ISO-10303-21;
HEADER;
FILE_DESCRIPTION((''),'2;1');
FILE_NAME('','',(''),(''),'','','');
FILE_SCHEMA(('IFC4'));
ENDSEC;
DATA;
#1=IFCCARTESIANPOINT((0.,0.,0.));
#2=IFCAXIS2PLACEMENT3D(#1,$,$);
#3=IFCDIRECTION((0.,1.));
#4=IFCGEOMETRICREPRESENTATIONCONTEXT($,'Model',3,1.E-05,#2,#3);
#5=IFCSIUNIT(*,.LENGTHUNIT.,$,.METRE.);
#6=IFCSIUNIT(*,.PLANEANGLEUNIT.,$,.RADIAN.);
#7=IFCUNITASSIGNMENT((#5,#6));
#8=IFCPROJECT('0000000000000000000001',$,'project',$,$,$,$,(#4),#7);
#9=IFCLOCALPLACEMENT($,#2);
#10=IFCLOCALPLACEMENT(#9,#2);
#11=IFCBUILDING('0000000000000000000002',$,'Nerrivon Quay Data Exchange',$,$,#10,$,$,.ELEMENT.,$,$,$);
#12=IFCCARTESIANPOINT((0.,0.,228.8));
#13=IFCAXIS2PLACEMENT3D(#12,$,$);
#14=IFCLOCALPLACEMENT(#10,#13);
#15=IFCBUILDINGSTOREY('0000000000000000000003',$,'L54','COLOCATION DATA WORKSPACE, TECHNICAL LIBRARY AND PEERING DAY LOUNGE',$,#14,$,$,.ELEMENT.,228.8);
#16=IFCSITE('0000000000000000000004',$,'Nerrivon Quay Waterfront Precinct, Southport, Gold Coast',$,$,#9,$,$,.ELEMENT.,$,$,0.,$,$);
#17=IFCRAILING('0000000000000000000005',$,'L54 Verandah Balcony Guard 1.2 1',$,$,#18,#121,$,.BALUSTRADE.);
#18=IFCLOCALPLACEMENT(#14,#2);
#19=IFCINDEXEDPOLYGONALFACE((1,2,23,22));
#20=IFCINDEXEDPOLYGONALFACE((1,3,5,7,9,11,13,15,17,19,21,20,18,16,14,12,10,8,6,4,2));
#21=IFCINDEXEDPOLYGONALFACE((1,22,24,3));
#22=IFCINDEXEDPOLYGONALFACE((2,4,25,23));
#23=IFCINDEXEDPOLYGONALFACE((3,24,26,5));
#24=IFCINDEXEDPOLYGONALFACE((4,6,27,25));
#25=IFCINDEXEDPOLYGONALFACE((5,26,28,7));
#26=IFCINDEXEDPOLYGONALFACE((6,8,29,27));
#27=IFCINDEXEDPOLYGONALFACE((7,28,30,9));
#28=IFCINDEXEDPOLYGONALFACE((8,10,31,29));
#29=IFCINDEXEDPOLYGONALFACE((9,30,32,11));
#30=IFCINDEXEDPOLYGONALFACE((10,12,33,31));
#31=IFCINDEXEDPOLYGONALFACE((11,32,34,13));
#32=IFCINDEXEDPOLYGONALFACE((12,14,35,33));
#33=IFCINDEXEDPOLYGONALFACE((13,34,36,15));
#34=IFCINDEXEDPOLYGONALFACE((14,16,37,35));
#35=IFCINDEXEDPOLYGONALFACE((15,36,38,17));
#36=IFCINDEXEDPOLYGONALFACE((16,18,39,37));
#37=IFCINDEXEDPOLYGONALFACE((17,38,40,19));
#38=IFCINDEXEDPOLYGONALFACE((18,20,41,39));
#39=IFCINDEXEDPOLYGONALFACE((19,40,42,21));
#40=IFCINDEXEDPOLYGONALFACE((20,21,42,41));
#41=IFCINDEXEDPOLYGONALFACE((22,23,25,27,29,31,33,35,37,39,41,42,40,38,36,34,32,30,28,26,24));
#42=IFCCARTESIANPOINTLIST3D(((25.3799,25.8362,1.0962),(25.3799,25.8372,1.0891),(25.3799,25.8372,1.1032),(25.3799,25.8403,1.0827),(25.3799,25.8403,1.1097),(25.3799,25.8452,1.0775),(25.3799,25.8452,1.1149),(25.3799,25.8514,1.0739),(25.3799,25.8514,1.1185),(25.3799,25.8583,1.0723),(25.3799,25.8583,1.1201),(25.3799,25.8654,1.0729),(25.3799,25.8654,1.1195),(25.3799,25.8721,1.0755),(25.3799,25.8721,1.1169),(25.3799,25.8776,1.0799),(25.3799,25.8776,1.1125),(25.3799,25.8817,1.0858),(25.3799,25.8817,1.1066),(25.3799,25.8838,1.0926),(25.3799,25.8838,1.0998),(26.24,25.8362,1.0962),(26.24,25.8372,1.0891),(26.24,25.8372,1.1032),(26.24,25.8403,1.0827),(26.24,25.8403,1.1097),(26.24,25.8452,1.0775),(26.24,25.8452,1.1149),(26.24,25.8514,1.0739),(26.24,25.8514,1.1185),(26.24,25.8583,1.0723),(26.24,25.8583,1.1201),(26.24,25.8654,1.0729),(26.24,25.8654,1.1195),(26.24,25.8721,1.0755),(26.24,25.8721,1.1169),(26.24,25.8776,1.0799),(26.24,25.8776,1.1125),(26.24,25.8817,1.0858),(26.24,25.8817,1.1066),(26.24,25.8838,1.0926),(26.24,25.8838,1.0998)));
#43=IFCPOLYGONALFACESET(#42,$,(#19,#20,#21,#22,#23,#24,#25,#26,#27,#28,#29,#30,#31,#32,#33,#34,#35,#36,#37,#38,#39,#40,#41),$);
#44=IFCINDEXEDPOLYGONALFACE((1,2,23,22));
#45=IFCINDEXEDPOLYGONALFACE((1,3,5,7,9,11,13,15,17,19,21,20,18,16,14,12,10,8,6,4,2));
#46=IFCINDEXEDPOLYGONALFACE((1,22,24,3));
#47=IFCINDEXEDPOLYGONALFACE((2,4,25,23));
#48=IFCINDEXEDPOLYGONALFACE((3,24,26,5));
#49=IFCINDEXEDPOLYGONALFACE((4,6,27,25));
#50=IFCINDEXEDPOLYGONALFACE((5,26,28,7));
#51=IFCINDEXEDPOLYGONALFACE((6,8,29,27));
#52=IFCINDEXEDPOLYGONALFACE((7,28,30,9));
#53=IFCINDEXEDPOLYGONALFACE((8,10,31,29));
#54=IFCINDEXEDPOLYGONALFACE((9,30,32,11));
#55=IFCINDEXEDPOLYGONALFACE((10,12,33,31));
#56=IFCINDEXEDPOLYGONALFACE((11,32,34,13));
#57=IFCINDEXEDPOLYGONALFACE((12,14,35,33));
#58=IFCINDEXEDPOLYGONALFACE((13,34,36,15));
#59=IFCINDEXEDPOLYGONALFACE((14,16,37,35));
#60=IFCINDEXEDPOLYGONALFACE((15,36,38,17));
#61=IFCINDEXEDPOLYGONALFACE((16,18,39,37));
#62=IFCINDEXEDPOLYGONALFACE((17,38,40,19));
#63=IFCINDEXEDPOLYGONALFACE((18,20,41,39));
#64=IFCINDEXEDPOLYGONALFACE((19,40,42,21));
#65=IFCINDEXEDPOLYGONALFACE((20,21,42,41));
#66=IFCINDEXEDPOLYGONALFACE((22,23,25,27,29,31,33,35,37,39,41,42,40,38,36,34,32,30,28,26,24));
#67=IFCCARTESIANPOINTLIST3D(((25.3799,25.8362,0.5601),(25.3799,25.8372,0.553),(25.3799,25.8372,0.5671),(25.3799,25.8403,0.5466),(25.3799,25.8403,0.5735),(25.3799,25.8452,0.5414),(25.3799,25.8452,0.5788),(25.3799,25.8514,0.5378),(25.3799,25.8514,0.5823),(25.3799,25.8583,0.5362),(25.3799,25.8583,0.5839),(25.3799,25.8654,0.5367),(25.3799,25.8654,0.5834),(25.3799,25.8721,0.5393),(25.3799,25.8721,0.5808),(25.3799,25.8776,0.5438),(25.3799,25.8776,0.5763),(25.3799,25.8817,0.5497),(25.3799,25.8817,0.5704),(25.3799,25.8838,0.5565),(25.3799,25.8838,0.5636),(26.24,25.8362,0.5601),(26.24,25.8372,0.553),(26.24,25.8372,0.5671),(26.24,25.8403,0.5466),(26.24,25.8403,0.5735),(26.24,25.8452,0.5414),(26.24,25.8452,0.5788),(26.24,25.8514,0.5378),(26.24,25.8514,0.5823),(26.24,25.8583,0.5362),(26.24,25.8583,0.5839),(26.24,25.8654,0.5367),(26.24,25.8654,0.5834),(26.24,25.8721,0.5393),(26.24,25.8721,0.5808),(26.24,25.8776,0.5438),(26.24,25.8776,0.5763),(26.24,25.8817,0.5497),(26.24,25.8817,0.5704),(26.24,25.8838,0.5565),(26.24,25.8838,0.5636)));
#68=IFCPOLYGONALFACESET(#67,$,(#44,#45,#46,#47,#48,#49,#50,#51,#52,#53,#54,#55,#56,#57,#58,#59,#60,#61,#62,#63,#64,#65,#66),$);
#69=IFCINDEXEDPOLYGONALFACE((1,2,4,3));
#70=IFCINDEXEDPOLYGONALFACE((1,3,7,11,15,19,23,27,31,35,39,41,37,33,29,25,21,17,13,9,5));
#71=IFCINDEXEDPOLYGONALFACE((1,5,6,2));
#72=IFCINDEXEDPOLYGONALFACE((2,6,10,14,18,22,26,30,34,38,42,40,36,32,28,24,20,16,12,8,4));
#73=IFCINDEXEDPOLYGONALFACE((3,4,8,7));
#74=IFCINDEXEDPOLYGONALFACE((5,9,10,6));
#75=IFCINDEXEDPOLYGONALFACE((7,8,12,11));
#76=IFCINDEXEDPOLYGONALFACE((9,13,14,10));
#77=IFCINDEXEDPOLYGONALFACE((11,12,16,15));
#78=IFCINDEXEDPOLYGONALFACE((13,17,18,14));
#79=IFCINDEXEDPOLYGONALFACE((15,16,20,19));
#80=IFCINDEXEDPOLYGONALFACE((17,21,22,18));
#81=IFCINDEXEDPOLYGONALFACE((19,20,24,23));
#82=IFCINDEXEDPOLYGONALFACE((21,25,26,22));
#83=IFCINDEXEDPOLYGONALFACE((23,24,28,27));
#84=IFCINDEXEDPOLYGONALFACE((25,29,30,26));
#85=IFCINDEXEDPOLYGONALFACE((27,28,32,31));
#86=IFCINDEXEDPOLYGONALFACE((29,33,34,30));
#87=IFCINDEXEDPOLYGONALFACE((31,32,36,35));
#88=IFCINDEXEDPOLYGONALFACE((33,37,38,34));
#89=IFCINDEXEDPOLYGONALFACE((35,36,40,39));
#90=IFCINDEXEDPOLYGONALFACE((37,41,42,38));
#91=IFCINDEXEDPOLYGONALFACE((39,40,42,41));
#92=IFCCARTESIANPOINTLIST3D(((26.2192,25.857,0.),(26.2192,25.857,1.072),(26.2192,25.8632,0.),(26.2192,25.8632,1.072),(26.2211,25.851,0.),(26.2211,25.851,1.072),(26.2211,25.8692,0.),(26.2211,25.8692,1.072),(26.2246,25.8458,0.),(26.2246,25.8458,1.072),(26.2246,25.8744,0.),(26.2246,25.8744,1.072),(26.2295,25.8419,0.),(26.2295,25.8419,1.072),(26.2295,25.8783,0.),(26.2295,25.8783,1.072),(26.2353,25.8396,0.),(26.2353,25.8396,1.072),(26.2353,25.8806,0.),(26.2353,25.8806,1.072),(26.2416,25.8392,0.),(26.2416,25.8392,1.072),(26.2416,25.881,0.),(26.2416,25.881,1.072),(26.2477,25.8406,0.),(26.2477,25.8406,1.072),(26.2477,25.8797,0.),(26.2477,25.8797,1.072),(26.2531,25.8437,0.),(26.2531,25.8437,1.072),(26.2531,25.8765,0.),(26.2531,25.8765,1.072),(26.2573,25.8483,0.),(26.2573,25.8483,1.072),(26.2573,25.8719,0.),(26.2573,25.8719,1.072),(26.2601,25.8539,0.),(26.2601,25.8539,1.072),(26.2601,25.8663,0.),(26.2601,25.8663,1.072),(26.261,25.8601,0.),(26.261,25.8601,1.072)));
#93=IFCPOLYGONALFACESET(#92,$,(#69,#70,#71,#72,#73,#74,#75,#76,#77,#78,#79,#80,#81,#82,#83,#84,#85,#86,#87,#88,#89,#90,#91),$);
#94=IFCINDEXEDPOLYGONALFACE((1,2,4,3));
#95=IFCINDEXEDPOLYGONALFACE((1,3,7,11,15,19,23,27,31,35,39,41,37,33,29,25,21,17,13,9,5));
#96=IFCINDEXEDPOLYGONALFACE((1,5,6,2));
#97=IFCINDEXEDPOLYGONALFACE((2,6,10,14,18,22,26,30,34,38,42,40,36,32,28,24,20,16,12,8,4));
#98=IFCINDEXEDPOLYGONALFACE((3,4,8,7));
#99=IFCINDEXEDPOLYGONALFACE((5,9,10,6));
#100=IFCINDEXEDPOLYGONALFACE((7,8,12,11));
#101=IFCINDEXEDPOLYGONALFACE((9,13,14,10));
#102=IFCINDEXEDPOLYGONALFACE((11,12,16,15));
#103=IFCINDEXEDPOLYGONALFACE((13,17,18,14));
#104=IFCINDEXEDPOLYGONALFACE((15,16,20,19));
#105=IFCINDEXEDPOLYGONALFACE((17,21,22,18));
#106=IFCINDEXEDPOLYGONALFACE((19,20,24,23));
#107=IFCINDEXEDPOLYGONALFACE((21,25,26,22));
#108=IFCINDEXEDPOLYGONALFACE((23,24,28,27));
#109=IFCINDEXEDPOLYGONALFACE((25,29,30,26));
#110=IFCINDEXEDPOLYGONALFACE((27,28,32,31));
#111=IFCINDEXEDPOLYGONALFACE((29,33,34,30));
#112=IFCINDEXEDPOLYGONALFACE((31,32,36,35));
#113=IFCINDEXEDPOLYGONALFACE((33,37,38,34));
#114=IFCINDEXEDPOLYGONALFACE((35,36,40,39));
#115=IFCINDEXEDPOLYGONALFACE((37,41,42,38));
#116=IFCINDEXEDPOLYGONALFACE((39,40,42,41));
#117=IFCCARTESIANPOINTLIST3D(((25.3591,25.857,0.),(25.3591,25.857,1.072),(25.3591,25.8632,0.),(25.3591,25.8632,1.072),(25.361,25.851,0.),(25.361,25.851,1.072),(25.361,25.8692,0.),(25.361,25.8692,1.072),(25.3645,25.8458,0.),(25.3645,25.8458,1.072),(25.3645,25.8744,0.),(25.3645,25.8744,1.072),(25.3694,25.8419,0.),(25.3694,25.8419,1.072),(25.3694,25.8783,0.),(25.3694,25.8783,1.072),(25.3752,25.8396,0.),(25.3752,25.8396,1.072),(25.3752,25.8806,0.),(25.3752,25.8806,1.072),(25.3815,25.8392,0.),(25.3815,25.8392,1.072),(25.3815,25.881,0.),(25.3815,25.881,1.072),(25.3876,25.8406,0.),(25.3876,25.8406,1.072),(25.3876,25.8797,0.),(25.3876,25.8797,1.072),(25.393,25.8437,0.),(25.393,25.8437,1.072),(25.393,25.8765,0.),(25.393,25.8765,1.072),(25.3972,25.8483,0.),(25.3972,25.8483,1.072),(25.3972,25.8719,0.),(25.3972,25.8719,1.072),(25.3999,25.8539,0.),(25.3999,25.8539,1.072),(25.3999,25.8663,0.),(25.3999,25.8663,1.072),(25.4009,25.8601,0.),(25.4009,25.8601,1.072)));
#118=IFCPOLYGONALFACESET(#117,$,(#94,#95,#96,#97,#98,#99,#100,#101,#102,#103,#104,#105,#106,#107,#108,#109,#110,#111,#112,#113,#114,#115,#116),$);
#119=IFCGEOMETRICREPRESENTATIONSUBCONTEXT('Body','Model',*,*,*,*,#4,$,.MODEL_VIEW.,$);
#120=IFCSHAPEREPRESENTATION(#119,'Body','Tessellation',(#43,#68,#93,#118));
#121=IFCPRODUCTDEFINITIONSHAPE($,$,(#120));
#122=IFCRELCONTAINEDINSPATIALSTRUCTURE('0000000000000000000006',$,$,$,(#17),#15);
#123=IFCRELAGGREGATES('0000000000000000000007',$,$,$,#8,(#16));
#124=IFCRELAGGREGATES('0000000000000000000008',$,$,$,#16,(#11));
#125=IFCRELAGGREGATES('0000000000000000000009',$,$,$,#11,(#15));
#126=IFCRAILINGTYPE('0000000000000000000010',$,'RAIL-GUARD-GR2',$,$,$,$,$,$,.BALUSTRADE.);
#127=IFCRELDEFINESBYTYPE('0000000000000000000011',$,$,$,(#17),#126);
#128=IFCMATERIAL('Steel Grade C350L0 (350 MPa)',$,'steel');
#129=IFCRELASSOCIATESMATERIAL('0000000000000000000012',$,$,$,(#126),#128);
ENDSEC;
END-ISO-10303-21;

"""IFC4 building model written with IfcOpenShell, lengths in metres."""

from ifc_helpers import new_model, si_unit, direction, frame, origin, origin_2d, place, context, subcontext, project, spatial, circle, extrude, material, type_object, element, save


model = new_model("IFC4")

# Units and contexts
model_context = context("Model", 3, precision=1e-05, world=origin(), true_north=direction((0.0, 1.0)))
body_context = subcontext(model_context, "Body", "Model", "MODEL_VIEW")
ifc_project = project(units=[si_unit("LENGTHUNIT", "METRE"), si_unit("PLANEANGLEUNIT", "RADIAN")], contexts=[model_context])

# Site, building, storey
site_placement = place(None, origin())
site = spatial("IfcSite", under=ifc_project, at=site_placement, Name="Nerrivon Quay Waterfront Precinct, Southport, Gold Coast", CompositionType="ELEMENT", RefElevation=0.0)
building_placement = place(site_placement, origin())
building = spatial("IfcBuilding", under=site, at=building_placement, Name="Nerrivon Quay Data Exchange", CompositionType="ELEMENT")
storey_placement = place(building_placement, frame((0.0, 0.0, 228.8)))
storey = spatial("IfcBuildingStorey", under=building, at=storey_placement, Name="L54", Description="COLOCATION DATA WORKSPACE, TECHNICAL LIBRARY AND PEERING DAY LOUNGE", CompositionType="ELEMENT", Elevation=228.8)

# Shared definitions
ifc_material_1 = material(Name="Steel Grade C350L0 (350 MPa)", Category="steel")

# Railing
railing_type = type_object("IfcRailingType", Name="RAIL-GUARD-GR2", PredefinedType="BALUSTRADE", material=ifc_material_1)
railing_1_placement = place(storey_placement, frame((26.24, 25.8601, 0.0)))
element("IfcRailing", 1, at=railing_1_placement, inside=storey, type_object=railing_type, Name="L54 Verandah Balcony Guard 1.2 1", PredefinedType="BALUSTRADE", context=body_context, shape_type="SweptSolid", body=[
    extrude(circle(Radius=0.0239, at=origin_2d()), frame((0.0, 0.0, 1.0962), z_axis=(-1.0, 0.0, 0.0), x_axis=(0.0, -1.0, 0.0)), (0.0, 0.0, 1.0), 0.8601),
    extrude(circle(Radius=0.0239, at=origin_2d()), frame((0.0, 0.0, 0.5601), z_axis=(-1.0, 0.0, 0.0), x_axis=(0.0, -1.0, 0.0)), (0.0, 0.0, 1.0), 0.8601),
    extrude(circle(Radius=0.021, at=origin_2d()), origin(), (0.0, 0.0, 1.0), 1.072),
    extrude(circle(Radius=0.021, at=origin_2d()), frame((-0.8601, 0.0, 0.0)), (0.0, 0.0, 1.0), 1.072),
])

save(model, "model.ifc")
